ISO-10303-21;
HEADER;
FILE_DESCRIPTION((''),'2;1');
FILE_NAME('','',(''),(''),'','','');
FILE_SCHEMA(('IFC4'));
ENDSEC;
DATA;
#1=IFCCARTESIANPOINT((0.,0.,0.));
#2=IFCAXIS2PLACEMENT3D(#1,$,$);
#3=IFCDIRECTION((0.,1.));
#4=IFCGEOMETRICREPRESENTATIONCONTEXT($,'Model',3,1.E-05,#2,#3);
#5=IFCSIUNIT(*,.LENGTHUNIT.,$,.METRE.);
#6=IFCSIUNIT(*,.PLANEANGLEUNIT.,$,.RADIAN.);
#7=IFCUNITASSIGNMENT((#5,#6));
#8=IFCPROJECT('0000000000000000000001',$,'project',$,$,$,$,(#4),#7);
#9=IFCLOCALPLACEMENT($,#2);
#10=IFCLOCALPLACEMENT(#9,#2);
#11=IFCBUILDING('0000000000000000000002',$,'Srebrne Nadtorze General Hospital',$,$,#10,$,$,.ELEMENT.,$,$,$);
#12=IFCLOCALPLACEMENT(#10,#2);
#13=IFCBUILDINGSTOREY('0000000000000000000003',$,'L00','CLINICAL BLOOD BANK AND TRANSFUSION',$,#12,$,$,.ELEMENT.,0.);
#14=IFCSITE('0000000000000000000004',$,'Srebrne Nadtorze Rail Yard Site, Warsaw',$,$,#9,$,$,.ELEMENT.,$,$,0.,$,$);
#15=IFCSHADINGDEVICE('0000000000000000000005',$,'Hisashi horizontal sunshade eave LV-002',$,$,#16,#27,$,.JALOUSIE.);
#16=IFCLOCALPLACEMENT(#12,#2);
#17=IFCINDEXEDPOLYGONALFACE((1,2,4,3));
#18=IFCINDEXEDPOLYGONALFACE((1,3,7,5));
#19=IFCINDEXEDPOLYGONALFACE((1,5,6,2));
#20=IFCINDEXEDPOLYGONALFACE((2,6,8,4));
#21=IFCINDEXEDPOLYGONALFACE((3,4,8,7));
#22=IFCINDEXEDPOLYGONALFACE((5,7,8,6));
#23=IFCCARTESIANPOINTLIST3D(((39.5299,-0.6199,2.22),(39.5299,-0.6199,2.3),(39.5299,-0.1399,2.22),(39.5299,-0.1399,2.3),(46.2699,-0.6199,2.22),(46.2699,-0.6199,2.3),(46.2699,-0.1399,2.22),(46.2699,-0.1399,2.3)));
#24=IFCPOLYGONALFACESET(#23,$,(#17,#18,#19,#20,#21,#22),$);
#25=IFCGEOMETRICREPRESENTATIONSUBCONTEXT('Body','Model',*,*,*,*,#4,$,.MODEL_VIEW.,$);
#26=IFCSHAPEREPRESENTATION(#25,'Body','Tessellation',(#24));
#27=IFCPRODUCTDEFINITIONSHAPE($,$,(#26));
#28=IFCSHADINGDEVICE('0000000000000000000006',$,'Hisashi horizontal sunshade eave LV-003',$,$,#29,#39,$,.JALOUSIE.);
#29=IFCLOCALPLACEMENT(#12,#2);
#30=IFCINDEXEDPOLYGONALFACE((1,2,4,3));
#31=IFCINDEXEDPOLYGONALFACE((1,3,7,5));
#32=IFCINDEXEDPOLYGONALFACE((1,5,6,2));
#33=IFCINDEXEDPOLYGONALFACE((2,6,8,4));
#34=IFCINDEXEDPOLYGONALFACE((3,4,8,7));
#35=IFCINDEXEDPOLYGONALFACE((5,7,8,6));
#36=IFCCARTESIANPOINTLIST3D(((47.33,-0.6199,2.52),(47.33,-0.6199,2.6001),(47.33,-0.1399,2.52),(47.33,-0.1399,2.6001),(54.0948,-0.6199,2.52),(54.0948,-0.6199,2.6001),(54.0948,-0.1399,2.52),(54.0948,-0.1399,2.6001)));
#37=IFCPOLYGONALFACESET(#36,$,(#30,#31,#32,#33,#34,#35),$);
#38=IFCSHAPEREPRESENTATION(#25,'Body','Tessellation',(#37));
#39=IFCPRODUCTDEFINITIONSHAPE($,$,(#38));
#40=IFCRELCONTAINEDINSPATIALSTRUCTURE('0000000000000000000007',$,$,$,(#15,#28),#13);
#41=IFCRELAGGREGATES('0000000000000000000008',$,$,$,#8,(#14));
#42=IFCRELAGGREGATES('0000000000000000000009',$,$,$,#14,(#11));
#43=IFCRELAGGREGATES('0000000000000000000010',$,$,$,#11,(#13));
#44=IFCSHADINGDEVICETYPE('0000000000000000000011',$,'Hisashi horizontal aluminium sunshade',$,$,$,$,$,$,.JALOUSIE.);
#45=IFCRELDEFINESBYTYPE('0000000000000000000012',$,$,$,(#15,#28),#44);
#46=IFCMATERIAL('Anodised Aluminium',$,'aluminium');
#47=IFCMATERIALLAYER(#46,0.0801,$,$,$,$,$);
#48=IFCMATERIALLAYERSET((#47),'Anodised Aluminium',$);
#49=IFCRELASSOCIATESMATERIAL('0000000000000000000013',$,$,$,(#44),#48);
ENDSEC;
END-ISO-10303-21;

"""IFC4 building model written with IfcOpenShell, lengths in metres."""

from ifc_helpers import new_model, si_unit, direction, frame, origin, origin_2d, place, context, subcontext, project, spatial, rectangle, extrude, material, layer, layer_set, type_object, element, save


model = new_model("IFC4")

# Units and contexts
model_context = context("Model", 3, precision=1e-05, world=origin(), true_north=direction((0.0, 1.0)))
body_context = subcontext(model_context, "Body", "Model", "MODEL_VIEW")
ifc_project = project(units=[si_unit("LENGTHUNIT", "METRE"), si_unit("PLANEANGLEUNIT", "RADIAN")], contexts=[model_context])

# Site, building, storey
site_placement = place(None, origin())
site = spatial("IfcSite", under=ifc_project, at=site_placement, Name="Srebrne Nadtorze Rail Yard Site, Warsaw", CompositionType="ELEMENT", RefElevation=0.0)
building_placement = place(site_placement, origin())
building = spatial("IfcBuilding", under=site, at=building_placement, Name="Srebrne Nadtorze General Hospital", CompositionType="ELEMENT")
storey_placement = place(building_placement, origin())
storey = spatial("IfcBuildingStorey", under=building, at=storey_placement, Name="L00", Description="CLINICAL BLOOD BANK AND TRANSFUSION", CompositionType="ELEMENT", Elevation=0.0)

# Shading devices
ifc_material_1 = material(Name="Anodised Aluminium", Category="aluminium")
ifc_layer_1 = layer(ifc_material_1, 0.0801)
ifc_layer_set_1 = layer_set([ifc_layer_1], Name="Anodised Aluminium")
shading_device_type = type_object("IfcShadingDeviceType", Name="Hisashi horizontal aluminium sunshade", PredefinedType="JALOUSIE", material=ifc_layer_set_1)
for number, where, z_axis, x_axis, name in (
    (1, (42.8999, -0.3799, 2.22), (0.0, 0.0, 1.0), (1.0, 0.0, 0.0), "Hisashi horizontal sunshade eave LV-002"),
):
    element("IfcShadingDevice", number, at=place(storey_placement, frame(where, z_axis=z_axis, x_axis=x_axis)), inside=storey, type_object=shading_device_type, Name=name, PredefinedType="JALOUSIE", context=body_context, shape_type="SweptSolid", body=[
        extrude(rectangle(XDim=6.74, YDim=0.48, at=origin_2d()), origin(), (0.0, 0.0, 1.0), 0.0801),
    ])
shading_device_placement = place(storey_placement, frame((50.7124, -0.3799, 2.52), z_axis=(0.0, 0.0, 1.0), x_axis=(1.0, 0.0, 0.0)))
element("IfcShadingDevice", 2, at=shading_device_placement, inside=storey, type_object=shading_device_type, Name="Hisashi horizontal sunshade eave LV-003", PredefinedType="JALOUSIE", context=body_context, shape_type="SweptSolid", body=[
    extrude(rectangle(XDim=6.7649, YDim=0.48, at=origin_2d()), origin(), (0.0, 0.0, 1.0), 0.0801),
])

save(model, "model.ifc")
